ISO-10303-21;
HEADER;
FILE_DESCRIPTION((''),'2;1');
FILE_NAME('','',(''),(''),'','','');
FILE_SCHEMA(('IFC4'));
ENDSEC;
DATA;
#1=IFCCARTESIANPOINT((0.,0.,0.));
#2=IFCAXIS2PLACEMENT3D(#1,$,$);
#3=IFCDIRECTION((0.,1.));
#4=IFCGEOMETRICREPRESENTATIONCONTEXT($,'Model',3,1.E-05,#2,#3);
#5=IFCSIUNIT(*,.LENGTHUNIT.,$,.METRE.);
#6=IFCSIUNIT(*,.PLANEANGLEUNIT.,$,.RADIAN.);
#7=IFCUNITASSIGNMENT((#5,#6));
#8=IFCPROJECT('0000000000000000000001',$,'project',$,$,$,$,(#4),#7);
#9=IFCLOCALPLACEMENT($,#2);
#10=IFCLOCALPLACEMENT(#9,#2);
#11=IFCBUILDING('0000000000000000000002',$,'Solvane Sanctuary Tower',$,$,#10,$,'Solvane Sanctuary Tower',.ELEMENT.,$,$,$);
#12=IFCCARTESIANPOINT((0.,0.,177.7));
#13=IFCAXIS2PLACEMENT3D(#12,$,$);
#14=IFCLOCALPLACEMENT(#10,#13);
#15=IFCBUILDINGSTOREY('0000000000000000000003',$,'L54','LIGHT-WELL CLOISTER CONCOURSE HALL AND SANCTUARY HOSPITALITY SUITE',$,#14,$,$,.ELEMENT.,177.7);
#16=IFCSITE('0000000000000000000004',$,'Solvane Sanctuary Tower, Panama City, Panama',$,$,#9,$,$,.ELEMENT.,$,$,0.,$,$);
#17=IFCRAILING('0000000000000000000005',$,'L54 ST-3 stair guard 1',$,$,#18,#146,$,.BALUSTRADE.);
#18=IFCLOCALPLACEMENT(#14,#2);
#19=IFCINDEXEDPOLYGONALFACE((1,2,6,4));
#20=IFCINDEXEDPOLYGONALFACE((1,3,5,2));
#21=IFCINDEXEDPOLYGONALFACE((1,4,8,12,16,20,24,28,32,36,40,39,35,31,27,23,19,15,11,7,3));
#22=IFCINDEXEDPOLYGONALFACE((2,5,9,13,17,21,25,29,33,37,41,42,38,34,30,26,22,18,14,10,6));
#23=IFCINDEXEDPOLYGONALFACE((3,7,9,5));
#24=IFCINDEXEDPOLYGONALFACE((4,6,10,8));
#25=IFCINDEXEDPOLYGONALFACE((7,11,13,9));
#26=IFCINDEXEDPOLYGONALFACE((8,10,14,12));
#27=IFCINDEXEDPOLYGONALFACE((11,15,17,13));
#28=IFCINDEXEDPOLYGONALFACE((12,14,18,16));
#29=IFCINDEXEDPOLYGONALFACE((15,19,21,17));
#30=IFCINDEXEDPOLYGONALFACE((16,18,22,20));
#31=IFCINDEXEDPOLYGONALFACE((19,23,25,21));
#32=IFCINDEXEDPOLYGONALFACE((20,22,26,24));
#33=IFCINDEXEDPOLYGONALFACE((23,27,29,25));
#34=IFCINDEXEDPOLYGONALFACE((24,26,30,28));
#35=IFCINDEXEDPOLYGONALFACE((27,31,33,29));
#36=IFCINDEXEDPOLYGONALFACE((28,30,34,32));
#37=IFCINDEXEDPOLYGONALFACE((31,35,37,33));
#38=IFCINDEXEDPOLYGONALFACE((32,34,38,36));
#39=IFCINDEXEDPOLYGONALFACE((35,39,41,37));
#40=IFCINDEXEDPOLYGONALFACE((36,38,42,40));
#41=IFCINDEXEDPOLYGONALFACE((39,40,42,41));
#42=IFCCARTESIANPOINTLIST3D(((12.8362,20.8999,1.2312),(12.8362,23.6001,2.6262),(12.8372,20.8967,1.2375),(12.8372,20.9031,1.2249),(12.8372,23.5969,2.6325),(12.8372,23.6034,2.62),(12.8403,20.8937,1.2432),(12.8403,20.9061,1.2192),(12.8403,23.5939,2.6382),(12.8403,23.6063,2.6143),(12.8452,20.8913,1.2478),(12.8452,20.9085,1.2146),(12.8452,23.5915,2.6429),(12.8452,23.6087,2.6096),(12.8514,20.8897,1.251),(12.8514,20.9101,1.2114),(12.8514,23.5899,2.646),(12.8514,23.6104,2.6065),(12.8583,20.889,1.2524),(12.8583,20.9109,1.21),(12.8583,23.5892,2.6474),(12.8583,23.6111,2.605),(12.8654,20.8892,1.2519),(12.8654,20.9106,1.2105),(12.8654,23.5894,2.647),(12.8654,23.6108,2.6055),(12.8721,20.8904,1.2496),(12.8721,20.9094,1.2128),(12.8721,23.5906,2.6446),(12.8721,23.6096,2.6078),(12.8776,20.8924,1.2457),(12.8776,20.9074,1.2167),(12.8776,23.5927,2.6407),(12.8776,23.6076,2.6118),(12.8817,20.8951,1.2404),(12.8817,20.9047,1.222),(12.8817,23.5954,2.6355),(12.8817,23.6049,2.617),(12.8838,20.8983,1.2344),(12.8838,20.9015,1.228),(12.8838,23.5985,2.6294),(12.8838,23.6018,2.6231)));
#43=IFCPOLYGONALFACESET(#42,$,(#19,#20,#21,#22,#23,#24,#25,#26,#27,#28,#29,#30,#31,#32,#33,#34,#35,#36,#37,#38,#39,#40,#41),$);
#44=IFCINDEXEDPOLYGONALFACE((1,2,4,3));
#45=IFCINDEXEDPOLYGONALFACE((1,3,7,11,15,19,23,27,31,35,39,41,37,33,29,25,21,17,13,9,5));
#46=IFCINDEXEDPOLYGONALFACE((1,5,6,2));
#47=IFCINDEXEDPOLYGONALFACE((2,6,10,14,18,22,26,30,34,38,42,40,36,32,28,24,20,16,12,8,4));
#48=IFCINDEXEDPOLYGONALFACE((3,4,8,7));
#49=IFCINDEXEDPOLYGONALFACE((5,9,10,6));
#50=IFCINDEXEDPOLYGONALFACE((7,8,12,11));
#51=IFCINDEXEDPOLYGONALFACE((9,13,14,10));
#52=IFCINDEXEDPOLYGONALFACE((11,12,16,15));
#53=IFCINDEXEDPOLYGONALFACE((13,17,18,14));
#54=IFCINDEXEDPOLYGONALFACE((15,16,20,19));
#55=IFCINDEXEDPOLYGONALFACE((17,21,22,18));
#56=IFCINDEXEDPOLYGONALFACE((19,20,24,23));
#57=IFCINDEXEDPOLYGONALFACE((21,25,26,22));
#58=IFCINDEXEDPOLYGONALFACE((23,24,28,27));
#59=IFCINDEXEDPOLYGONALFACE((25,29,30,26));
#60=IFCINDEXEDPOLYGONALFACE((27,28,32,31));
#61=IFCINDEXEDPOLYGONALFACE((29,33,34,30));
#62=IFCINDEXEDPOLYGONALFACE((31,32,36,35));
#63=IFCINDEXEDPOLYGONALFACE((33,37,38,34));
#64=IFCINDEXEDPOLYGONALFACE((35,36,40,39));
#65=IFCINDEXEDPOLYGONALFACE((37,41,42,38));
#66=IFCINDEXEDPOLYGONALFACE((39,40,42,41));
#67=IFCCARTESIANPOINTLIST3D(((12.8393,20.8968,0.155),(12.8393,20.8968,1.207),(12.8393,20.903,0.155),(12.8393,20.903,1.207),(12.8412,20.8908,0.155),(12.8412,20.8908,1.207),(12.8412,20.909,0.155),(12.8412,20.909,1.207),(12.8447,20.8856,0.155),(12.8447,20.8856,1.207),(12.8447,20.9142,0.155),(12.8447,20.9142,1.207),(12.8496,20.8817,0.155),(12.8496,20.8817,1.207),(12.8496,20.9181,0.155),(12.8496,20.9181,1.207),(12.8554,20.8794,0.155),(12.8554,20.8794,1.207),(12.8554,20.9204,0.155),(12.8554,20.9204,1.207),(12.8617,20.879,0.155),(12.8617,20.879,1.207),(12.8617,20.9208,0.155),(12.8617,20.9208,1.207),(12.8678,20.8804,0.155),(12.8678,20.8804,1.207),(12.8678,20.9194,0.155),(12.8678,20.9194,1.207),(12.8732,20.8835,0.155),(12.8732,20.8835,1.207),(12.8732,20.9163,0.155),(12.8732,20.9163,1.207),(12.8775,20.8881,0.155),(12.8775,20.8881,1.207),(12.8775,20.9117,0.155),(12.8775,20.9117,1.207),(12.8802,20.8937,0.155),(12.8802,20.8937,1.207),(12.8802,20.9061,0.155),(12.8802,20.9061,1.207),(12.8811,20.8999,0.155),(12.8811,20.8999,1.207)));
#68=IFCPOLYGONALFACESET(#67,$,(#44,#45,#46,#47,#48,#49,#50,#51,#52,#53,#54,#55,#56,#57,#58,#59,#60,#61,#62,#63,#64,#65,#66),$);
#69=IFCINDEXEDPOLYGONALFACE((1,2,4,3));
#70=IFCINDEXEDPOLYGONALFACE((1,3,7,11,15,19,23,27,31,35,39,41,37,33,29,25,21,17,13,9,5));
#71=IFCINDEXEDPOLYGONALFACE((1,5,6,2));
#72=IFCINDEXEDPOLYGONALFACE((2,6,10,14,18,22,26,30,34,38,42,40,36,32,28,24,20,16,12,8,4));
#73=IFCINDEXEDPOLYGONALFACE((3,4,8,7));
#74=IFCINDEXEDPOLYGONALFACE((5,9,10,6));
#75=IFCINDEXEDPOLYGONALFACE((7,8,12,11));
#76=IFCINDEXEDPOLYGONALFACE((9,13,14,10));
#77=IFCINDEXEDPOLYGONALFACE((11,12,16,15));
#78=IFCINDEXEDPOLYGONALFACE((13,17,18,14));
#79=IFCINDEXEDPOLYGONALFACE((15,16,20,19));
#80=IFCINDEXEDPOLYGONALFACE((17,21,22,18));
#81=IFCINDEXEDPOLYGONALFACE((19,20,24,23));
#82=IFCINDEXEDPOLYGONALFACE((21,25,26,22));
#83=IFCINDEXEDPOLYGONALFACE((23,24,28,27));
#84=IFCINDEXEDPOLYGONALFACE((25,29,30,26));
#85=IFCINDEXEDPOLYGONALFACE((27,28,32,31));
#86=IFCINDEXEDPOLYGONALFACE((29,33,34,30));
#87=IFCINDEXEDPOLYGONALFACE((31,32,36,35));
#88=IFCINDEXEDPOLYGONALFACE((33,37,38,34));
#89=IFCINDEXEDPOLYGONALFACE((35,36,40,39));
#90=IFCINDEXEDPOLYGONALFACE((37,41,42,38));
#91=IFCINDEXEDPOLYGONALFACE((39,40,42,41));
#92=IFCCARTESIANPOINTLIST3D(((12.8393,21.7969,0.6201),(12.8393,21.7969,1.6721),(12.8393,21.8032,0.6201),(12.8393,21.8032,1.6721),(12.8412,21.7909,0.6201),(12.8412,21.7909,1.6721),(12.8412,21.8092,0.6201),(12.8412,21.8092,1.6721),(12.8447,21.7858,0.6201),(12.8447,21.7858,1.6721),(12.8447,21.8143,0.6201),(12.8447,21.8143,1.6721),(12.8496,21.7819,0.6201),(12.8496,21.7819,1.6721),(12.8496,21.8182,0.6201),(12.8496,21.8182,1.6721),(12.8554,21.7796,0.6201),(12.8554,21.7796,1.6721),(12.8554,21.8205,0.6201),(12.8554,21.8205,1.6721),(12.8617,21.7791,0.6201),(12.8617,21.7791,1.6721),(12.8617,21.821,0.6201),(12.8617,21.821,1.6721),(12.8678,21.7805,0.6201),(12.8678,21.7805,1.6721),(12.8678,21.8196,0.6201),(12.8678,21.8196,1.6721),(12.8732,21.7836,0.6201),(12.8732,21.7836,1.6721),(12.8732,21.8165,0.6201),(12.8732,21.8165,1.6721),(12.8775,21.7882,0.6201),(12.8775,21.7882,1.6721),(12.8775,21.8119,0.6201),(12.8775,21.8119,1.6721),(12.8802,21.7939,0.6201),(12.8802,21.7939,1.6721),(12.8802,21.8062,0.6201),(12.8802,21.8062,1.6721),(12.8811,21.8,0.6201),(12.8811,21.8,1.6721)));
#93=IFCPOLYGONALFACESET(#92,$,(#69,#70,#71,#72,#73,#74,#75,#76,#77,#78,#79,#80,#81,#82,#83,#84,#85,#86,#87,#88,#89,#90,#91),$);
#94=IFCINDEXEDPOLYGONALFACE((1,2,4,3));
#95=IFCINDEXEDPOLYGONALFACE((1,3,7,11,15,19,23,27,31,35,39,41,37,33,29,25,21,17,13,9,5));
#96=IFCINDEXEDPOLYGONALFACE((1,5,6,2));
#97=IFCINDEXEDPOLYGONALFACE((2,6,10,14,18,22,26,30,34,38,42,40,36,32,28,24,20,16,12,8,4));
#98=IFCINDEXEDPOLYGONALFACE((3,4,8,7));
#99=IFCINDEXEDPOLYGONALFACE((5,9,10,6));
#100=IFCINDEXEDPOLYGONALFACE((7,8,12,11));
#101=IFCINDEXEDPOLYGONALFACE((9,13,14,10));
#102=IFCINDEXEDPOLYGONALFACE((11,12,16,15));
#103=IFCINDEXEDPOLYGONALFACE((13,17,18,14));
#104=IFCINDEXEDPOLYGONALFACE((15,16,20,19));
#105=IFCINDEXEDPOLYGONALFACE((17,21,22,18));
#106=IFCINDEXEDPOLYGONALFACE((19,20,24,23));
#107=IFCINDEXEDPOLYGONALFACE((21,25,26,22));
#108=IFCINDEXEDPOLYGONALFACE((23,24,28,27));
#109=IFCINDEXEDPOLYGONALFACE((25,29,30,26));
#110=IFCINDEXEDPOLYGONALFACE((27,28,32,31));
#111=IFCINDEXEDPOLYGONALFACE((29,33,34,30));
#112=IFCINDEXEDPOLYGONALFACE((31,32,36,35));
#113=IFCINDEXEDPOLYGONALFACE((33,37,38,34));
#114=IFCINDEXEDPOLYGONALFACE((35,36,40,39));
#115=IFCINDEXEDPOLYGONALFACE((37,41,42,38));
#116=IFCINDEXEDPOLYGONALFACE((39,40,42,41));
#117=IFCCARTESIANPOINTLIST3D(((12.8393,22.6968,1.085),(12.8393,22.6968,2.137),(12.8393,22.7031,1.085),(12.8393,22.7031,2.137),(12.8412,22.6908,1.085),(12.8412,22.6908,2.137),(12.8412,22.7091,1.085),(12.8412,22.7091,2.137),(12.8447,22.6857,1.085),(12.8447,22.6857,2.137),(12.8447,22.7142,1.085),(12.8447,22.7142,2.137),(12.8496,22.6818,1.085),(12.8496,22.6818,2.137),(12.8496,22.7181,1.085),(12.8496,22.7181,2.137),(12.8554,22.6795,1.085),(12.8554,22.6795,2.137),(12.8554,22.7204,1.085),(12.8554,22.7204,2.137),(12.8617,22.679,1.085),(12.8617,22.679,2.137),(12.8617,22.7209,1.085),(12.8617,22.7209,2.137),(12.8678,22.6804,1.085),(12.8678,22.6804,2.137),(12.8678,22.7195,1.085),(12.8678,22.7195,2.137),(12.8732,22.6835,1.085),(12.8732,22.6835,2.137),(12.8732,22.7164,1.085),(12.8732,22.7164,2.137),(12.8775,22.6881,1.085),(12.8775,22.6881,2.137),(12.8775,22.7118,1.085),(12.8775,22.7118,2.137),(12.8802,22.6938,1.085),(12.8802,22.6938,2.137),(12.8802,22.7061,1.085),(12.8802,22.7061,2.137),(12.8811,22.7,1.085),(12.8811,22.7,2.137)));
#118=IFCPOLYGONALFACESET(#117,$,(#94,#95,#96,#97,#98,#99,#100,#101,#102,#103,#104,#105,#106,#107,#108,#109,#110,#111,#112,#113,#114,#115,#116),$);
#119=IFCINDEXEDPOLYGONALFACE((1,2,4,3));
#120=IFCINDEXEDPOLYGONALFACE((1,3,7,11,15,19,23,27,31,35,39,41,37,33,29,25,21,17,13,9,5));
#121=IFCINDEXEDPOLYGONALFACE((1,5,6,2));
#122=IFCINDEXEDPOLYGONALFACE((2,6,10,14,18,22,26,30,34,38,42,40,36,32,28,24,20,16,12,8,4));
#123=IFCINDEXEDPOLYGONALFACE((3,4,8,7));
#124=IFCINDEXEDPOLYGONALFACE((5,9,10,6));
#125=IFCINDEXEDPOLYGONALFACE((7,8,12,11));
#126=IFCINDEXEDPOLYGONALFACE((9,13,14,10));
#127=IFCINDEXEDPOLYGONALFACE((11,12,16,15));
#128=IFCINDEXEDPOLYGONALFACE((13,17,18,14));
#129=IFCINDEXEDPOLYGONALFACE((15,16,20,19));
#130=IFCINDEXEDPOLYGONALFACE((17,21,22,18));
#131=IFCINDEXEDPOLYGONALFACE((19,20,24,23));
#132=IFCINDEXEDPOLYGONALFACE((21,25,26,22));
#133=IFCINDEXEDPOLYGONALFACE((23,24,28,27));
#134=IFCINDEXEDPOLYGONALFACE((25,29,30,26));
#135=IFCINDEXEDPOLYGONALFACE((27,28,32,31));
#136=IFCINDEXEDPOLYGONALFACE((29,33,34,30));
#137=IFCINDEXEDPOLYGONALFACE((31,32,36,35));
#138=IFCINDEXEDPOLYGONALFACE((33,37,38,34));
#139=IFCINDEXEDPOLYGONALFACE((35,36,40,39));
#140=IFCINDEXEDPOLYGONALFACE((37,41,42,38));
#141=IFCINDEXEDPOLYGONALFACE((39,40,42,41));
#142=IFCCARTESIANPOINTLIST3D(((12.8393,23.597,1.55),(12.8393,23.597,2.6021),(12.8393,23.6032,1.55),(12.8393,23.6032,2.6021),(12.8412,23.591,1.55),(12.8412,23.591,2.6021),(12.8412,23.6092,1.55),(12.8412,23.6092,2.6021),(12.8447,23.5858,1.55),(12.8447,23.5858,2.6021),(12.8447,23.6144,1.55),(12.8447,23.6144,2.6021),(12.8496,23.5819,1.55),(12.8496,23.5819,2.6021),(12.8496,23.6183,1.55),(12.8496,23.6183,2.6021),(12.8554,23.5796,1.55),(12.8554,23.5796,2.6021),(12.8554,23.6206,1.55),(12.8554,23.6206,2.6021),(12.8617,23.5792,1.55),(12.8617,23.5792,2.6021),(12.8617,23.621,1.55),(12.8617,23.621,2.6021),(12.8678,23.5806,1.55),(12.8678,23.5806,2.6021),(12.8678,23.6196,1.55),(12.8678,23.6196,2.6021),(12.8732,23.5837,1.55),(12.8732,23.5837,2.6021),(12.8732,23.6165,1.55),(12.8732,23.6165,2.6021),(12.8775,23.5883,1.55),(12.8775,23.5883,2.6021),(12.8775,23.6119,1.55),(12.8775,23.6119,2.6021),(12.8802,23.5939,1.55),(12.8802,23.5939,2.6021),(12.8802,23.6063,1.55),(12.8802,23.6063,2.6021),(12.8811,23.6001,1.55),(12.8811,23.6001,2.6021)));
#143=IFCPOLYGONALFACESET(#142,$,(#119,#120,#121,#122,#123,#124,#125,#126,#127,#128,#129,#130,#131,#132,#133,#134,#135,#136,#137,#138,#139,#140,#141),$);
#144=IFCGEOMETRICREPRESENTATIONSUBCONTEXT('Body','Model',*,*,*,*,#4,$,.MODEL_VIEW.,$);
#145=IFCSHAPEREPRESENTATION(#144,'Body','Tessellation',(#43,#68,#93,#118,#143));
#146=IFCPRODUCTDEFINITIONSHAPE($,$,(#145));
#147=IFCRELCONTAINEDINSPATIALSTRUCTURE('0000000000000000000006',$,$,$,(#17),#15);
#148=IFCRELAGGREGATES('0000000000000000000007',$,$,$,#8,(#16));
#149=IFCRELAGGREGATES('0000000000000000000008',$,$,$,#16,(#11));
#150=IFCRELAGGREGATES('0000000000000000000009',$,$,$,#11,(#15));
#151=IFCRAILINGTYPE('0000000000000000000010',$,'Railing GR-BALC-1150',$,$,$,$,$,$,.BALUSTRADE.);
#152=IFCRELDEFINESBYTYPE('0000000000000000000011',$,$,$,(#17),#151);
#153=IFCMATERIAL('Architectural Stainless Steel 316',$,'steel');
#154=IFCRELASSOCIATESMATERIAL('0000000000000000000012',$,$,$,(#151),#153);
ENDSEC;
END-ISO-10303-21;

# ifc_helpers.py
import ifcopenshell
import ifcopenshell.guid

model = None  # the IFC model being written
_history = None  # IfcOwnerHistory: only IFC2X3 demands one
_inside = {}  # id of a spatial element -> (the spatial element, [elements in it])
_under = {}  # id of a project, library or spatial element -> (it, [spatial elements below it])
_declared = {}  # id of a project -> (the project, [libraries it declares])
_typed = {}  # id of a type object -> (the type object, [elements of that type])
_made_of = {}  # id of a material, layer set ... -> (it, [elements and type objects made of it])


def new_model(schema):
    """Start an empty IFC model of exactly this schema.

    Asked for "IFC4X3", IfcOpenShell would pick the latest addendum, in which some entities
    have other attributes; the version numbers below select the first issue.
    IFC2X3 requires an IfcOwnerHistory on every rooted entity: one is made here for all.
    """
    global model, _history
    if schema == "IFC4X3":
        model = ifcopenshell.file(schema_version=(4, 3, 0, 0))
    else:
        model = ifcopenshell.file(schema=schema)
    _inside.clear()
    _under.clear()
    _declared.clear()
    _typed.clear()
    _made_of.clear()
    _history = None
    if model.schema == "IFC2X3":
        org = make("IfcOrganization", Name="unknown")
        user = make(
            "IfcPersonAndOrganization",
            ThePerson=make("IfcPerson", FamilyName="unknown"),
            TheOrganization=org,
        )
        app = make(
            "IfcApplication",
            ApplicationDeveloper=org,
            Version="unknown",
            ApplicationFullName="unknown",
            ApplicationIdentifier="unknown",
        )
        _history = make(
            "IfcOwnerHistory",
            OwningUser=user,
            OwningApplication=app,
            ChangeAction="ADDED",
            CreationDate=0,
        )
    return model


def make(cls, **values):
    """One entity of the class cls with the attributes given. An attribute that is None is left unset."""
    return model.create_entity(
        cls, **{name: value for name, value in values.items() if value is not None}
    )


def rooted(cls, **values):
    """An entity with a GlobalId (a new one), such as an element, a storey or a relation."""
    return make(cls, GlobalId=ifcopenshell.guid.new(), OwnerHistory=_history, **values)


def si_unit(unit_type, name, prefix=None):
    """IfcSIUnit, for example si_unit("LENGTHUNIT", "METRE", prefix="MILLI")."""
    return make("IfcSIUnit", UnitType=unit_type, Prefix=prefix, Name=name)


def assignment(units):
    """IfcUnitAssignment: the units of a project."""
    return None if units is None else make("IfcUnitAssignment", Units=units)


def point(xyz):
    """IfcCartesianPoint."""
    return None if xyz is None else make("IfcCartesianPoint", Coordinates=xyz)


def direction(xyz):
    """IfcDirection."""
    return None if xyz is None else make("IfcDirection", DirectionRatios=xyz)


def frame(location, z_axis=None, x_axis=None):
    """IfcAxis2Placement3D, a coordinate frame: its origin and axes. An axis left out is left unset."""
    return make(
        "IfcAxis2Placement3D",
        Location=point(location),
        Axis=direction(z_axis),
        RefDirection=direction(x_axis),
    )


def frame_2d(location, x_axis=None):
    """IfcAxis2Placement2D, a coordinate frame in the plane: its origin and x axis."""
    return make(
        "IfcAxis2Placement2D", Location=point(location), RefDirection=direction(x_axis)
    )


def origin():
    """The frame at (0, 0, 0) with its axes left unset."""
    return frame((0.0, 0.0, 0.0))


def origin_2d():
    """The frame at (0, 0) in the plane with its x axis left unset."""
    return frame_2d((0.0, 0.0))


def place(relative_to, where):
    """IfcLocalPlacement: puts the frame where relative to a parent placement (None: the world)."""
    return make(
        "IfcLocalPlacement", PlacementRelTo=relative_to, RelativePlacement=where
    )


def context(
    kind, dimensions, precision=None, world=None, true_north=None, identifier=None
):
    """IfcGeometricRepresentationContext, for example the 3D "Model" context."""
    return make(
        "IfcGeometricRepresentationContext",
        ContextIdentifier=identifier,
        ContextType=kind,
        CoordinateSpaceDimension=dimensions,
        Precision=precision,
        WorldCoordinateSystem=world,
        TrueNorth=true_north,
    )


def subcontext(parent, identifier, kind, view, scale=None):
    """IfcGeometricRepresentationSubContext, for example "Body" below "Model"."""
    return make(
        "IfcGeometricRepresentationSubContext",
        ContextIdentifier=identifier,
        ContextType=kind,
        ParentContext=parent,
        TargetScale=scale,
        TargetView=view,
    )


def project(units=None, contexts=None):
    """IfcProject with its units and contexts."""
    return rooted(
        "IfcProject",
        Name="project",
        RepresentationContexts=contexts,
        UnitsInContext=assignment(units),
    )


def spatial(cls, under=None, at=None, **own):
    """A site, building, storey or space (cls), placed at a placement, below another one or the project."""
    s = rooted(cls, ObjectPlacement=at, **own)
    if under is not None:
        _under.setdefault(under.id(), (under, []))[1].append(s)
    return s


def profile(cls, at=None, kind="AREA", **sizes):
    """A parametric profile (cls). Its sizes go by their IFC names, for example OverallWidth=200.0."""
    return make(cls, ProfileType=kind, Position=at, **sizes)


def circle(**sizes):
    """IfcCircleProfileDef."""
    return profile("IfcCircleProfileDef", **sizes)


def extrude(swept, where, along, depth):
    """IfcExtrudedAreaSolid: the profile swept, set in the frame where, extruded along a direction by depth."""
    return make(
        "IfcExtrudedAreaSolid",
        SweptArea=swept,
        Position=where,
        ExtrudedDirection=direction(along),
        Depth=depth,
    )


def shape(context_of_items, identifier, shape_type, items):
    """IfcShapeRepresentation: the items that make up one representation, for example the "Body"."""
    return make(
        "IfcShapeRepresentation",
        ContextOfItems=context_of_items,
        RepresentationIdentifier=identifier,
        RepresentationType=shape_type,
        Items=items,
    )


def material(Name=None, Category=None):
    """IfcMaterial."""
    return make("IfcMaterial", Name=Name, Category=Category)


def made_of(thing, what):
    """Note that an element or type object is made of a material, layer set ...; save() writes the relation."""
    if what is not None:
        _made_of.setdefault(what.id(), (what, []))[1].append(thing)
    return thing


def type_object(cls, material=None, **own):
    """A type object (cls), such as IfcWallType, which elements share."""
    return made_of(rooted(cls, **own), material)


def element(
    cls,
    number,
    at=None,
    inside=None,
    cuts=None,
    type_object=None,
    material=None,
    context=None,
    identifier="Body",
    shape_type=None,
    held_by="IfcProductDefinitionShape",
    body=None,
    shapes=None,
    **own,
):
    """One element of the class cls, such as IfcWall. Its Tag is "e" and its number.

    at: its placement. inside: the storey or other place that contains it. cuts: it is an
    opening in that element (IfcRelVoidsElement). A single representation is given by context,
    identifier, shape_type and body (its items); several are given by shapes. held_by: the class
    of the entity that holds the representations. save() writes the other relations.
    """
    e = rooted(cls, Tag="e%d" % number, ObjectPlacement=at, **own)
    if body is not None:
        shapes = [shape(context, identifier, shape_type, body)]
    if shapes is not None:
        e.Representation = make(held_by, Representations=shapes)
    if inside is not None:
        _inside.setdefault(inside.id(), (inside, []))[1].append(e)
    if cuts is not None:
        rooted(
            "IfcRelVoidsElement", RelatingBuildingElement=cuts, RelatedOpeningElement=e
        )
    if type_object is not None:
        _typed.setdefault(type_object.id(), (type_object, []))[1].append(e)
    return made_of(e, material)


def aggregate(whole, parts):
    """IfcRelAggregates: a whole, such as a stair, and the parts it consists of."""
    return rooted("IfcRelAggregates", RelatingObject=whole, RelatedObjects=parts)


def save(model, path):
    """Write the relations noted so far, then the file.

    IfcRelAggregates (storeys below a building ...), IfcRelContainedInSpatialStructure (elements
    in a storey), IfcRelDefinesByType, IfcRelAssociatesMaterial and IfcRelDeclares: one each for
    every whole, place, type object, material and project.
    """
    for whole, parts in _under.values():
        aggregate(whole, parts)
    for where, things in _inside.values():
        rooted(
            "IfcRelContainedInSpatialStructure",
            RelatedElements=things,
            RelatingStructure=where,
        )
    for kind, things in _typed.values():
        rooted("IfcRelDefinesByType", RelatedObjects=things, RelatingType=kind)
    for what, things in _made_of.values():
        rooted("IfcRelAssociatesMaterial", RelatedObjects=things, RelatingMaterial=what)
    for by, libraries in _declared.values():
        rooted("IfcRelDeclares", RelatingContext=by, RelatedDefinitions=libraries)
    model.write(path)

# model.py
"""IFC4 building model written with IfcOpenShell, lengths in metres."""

from ifc_helpers import new_model, si_unit, direction, frame, origin, origin_2d, place, context, subcontext, project, spatial, circle, extrude, material, type_object, element, save


model = new_model("IFC4")

# Units and contexts
model_context = context("Model", 3, precision=1e-05, world=origin(), true_north=direction((0.0, 1.0)))
body_context = subcontext(model_context, "Body", "Model", "MODEL_VIEW")
ifc_project = project(units=[si_unit("LENGTHUNIT", "METRE"), si_unit("PLANEANGLEUNIT", "RADIAN")], contexts=[model_context])

# Site, building, storey
site_placement = place(None, origin())
site = spatial("IfcSite", under=ifc_project, at=site_placement, Name="Solvane Sanctuary Tower, Panama City, Panama", CompositionType="ELEMENT", RefElevation=0.0)
building_placement = place(site_placement, origin())
building = spatial("IfcBuilding", under=site, at=building_placement, Name="Solvane Sanctuary Tower", LongName="Solvane Sanctuary Tower", CompositionType="ELEMENT")
storey_placement = place(building_placement, frame((0.0, 0.0, 177.7)))
storey = spatial("IfcBuildingStorey", under=building, at=storey_placement, Name="L54", Description="LIGHT-WELL CLOISTER CONCOURSE HALL AND SANCTUARY HOSPITALITY SUITE", CompositionType="ELEMENT", Elevation=177.7)

# Shared definitions
ifc_material_1 = material(Name="Architectural Stainless Steel 316", Category="steel")

# Railing
railing_type_1 = type_object("IfcRailingType", Name="Railing GR-BALC-1150", PredefinedType="BALUSTRADE", material=ifc_material_1)
railing_1_placement = place(storey_placement, frame((12.8601, 20.8999, 0.155)))
element("IfcRailing", 1, at=railing_1_placement, inside=storey, type_object=railing_type_1, Name="L54 ST-3 stair guard 1", PredefinedType="BALUSTRADE", context=body_context, shape_type="SweptSolid", body=[
    extrude(circle(Radius=0.0239, at=origin_2d()), frame((0.0, 0.0, 1.0762), z_axis=(0.0, 0.888437, 0.458999), x_axis=(-1.0, 0.0, 0.0)), (0.0, 0.0, 1.0), 3.0393),
    extrude(circle(Radius=0.021, at=origin_2d()), origin(), (0.0, 0.0, 1.0), 1.052),
    extrude(circle(Radius=0.021, at=origin_2d()), frame((0.0, 0.9001, 0.4651)), (0.0, 0.0, 1.0), 1.052),
    extrude(circle(Radius=0.021, at=origin_2d()), frame((0.0, 1.8, 0.9299)), (0.0, 0.0, 1.0), 1.052),
    extrude(circle(Radius=0.021, at=origin_2d()), frame((0.0, 2.7002, 1.395)), (0.0, 0.0, 1.0), 1.052),
])

save(model, "model.ifc")
